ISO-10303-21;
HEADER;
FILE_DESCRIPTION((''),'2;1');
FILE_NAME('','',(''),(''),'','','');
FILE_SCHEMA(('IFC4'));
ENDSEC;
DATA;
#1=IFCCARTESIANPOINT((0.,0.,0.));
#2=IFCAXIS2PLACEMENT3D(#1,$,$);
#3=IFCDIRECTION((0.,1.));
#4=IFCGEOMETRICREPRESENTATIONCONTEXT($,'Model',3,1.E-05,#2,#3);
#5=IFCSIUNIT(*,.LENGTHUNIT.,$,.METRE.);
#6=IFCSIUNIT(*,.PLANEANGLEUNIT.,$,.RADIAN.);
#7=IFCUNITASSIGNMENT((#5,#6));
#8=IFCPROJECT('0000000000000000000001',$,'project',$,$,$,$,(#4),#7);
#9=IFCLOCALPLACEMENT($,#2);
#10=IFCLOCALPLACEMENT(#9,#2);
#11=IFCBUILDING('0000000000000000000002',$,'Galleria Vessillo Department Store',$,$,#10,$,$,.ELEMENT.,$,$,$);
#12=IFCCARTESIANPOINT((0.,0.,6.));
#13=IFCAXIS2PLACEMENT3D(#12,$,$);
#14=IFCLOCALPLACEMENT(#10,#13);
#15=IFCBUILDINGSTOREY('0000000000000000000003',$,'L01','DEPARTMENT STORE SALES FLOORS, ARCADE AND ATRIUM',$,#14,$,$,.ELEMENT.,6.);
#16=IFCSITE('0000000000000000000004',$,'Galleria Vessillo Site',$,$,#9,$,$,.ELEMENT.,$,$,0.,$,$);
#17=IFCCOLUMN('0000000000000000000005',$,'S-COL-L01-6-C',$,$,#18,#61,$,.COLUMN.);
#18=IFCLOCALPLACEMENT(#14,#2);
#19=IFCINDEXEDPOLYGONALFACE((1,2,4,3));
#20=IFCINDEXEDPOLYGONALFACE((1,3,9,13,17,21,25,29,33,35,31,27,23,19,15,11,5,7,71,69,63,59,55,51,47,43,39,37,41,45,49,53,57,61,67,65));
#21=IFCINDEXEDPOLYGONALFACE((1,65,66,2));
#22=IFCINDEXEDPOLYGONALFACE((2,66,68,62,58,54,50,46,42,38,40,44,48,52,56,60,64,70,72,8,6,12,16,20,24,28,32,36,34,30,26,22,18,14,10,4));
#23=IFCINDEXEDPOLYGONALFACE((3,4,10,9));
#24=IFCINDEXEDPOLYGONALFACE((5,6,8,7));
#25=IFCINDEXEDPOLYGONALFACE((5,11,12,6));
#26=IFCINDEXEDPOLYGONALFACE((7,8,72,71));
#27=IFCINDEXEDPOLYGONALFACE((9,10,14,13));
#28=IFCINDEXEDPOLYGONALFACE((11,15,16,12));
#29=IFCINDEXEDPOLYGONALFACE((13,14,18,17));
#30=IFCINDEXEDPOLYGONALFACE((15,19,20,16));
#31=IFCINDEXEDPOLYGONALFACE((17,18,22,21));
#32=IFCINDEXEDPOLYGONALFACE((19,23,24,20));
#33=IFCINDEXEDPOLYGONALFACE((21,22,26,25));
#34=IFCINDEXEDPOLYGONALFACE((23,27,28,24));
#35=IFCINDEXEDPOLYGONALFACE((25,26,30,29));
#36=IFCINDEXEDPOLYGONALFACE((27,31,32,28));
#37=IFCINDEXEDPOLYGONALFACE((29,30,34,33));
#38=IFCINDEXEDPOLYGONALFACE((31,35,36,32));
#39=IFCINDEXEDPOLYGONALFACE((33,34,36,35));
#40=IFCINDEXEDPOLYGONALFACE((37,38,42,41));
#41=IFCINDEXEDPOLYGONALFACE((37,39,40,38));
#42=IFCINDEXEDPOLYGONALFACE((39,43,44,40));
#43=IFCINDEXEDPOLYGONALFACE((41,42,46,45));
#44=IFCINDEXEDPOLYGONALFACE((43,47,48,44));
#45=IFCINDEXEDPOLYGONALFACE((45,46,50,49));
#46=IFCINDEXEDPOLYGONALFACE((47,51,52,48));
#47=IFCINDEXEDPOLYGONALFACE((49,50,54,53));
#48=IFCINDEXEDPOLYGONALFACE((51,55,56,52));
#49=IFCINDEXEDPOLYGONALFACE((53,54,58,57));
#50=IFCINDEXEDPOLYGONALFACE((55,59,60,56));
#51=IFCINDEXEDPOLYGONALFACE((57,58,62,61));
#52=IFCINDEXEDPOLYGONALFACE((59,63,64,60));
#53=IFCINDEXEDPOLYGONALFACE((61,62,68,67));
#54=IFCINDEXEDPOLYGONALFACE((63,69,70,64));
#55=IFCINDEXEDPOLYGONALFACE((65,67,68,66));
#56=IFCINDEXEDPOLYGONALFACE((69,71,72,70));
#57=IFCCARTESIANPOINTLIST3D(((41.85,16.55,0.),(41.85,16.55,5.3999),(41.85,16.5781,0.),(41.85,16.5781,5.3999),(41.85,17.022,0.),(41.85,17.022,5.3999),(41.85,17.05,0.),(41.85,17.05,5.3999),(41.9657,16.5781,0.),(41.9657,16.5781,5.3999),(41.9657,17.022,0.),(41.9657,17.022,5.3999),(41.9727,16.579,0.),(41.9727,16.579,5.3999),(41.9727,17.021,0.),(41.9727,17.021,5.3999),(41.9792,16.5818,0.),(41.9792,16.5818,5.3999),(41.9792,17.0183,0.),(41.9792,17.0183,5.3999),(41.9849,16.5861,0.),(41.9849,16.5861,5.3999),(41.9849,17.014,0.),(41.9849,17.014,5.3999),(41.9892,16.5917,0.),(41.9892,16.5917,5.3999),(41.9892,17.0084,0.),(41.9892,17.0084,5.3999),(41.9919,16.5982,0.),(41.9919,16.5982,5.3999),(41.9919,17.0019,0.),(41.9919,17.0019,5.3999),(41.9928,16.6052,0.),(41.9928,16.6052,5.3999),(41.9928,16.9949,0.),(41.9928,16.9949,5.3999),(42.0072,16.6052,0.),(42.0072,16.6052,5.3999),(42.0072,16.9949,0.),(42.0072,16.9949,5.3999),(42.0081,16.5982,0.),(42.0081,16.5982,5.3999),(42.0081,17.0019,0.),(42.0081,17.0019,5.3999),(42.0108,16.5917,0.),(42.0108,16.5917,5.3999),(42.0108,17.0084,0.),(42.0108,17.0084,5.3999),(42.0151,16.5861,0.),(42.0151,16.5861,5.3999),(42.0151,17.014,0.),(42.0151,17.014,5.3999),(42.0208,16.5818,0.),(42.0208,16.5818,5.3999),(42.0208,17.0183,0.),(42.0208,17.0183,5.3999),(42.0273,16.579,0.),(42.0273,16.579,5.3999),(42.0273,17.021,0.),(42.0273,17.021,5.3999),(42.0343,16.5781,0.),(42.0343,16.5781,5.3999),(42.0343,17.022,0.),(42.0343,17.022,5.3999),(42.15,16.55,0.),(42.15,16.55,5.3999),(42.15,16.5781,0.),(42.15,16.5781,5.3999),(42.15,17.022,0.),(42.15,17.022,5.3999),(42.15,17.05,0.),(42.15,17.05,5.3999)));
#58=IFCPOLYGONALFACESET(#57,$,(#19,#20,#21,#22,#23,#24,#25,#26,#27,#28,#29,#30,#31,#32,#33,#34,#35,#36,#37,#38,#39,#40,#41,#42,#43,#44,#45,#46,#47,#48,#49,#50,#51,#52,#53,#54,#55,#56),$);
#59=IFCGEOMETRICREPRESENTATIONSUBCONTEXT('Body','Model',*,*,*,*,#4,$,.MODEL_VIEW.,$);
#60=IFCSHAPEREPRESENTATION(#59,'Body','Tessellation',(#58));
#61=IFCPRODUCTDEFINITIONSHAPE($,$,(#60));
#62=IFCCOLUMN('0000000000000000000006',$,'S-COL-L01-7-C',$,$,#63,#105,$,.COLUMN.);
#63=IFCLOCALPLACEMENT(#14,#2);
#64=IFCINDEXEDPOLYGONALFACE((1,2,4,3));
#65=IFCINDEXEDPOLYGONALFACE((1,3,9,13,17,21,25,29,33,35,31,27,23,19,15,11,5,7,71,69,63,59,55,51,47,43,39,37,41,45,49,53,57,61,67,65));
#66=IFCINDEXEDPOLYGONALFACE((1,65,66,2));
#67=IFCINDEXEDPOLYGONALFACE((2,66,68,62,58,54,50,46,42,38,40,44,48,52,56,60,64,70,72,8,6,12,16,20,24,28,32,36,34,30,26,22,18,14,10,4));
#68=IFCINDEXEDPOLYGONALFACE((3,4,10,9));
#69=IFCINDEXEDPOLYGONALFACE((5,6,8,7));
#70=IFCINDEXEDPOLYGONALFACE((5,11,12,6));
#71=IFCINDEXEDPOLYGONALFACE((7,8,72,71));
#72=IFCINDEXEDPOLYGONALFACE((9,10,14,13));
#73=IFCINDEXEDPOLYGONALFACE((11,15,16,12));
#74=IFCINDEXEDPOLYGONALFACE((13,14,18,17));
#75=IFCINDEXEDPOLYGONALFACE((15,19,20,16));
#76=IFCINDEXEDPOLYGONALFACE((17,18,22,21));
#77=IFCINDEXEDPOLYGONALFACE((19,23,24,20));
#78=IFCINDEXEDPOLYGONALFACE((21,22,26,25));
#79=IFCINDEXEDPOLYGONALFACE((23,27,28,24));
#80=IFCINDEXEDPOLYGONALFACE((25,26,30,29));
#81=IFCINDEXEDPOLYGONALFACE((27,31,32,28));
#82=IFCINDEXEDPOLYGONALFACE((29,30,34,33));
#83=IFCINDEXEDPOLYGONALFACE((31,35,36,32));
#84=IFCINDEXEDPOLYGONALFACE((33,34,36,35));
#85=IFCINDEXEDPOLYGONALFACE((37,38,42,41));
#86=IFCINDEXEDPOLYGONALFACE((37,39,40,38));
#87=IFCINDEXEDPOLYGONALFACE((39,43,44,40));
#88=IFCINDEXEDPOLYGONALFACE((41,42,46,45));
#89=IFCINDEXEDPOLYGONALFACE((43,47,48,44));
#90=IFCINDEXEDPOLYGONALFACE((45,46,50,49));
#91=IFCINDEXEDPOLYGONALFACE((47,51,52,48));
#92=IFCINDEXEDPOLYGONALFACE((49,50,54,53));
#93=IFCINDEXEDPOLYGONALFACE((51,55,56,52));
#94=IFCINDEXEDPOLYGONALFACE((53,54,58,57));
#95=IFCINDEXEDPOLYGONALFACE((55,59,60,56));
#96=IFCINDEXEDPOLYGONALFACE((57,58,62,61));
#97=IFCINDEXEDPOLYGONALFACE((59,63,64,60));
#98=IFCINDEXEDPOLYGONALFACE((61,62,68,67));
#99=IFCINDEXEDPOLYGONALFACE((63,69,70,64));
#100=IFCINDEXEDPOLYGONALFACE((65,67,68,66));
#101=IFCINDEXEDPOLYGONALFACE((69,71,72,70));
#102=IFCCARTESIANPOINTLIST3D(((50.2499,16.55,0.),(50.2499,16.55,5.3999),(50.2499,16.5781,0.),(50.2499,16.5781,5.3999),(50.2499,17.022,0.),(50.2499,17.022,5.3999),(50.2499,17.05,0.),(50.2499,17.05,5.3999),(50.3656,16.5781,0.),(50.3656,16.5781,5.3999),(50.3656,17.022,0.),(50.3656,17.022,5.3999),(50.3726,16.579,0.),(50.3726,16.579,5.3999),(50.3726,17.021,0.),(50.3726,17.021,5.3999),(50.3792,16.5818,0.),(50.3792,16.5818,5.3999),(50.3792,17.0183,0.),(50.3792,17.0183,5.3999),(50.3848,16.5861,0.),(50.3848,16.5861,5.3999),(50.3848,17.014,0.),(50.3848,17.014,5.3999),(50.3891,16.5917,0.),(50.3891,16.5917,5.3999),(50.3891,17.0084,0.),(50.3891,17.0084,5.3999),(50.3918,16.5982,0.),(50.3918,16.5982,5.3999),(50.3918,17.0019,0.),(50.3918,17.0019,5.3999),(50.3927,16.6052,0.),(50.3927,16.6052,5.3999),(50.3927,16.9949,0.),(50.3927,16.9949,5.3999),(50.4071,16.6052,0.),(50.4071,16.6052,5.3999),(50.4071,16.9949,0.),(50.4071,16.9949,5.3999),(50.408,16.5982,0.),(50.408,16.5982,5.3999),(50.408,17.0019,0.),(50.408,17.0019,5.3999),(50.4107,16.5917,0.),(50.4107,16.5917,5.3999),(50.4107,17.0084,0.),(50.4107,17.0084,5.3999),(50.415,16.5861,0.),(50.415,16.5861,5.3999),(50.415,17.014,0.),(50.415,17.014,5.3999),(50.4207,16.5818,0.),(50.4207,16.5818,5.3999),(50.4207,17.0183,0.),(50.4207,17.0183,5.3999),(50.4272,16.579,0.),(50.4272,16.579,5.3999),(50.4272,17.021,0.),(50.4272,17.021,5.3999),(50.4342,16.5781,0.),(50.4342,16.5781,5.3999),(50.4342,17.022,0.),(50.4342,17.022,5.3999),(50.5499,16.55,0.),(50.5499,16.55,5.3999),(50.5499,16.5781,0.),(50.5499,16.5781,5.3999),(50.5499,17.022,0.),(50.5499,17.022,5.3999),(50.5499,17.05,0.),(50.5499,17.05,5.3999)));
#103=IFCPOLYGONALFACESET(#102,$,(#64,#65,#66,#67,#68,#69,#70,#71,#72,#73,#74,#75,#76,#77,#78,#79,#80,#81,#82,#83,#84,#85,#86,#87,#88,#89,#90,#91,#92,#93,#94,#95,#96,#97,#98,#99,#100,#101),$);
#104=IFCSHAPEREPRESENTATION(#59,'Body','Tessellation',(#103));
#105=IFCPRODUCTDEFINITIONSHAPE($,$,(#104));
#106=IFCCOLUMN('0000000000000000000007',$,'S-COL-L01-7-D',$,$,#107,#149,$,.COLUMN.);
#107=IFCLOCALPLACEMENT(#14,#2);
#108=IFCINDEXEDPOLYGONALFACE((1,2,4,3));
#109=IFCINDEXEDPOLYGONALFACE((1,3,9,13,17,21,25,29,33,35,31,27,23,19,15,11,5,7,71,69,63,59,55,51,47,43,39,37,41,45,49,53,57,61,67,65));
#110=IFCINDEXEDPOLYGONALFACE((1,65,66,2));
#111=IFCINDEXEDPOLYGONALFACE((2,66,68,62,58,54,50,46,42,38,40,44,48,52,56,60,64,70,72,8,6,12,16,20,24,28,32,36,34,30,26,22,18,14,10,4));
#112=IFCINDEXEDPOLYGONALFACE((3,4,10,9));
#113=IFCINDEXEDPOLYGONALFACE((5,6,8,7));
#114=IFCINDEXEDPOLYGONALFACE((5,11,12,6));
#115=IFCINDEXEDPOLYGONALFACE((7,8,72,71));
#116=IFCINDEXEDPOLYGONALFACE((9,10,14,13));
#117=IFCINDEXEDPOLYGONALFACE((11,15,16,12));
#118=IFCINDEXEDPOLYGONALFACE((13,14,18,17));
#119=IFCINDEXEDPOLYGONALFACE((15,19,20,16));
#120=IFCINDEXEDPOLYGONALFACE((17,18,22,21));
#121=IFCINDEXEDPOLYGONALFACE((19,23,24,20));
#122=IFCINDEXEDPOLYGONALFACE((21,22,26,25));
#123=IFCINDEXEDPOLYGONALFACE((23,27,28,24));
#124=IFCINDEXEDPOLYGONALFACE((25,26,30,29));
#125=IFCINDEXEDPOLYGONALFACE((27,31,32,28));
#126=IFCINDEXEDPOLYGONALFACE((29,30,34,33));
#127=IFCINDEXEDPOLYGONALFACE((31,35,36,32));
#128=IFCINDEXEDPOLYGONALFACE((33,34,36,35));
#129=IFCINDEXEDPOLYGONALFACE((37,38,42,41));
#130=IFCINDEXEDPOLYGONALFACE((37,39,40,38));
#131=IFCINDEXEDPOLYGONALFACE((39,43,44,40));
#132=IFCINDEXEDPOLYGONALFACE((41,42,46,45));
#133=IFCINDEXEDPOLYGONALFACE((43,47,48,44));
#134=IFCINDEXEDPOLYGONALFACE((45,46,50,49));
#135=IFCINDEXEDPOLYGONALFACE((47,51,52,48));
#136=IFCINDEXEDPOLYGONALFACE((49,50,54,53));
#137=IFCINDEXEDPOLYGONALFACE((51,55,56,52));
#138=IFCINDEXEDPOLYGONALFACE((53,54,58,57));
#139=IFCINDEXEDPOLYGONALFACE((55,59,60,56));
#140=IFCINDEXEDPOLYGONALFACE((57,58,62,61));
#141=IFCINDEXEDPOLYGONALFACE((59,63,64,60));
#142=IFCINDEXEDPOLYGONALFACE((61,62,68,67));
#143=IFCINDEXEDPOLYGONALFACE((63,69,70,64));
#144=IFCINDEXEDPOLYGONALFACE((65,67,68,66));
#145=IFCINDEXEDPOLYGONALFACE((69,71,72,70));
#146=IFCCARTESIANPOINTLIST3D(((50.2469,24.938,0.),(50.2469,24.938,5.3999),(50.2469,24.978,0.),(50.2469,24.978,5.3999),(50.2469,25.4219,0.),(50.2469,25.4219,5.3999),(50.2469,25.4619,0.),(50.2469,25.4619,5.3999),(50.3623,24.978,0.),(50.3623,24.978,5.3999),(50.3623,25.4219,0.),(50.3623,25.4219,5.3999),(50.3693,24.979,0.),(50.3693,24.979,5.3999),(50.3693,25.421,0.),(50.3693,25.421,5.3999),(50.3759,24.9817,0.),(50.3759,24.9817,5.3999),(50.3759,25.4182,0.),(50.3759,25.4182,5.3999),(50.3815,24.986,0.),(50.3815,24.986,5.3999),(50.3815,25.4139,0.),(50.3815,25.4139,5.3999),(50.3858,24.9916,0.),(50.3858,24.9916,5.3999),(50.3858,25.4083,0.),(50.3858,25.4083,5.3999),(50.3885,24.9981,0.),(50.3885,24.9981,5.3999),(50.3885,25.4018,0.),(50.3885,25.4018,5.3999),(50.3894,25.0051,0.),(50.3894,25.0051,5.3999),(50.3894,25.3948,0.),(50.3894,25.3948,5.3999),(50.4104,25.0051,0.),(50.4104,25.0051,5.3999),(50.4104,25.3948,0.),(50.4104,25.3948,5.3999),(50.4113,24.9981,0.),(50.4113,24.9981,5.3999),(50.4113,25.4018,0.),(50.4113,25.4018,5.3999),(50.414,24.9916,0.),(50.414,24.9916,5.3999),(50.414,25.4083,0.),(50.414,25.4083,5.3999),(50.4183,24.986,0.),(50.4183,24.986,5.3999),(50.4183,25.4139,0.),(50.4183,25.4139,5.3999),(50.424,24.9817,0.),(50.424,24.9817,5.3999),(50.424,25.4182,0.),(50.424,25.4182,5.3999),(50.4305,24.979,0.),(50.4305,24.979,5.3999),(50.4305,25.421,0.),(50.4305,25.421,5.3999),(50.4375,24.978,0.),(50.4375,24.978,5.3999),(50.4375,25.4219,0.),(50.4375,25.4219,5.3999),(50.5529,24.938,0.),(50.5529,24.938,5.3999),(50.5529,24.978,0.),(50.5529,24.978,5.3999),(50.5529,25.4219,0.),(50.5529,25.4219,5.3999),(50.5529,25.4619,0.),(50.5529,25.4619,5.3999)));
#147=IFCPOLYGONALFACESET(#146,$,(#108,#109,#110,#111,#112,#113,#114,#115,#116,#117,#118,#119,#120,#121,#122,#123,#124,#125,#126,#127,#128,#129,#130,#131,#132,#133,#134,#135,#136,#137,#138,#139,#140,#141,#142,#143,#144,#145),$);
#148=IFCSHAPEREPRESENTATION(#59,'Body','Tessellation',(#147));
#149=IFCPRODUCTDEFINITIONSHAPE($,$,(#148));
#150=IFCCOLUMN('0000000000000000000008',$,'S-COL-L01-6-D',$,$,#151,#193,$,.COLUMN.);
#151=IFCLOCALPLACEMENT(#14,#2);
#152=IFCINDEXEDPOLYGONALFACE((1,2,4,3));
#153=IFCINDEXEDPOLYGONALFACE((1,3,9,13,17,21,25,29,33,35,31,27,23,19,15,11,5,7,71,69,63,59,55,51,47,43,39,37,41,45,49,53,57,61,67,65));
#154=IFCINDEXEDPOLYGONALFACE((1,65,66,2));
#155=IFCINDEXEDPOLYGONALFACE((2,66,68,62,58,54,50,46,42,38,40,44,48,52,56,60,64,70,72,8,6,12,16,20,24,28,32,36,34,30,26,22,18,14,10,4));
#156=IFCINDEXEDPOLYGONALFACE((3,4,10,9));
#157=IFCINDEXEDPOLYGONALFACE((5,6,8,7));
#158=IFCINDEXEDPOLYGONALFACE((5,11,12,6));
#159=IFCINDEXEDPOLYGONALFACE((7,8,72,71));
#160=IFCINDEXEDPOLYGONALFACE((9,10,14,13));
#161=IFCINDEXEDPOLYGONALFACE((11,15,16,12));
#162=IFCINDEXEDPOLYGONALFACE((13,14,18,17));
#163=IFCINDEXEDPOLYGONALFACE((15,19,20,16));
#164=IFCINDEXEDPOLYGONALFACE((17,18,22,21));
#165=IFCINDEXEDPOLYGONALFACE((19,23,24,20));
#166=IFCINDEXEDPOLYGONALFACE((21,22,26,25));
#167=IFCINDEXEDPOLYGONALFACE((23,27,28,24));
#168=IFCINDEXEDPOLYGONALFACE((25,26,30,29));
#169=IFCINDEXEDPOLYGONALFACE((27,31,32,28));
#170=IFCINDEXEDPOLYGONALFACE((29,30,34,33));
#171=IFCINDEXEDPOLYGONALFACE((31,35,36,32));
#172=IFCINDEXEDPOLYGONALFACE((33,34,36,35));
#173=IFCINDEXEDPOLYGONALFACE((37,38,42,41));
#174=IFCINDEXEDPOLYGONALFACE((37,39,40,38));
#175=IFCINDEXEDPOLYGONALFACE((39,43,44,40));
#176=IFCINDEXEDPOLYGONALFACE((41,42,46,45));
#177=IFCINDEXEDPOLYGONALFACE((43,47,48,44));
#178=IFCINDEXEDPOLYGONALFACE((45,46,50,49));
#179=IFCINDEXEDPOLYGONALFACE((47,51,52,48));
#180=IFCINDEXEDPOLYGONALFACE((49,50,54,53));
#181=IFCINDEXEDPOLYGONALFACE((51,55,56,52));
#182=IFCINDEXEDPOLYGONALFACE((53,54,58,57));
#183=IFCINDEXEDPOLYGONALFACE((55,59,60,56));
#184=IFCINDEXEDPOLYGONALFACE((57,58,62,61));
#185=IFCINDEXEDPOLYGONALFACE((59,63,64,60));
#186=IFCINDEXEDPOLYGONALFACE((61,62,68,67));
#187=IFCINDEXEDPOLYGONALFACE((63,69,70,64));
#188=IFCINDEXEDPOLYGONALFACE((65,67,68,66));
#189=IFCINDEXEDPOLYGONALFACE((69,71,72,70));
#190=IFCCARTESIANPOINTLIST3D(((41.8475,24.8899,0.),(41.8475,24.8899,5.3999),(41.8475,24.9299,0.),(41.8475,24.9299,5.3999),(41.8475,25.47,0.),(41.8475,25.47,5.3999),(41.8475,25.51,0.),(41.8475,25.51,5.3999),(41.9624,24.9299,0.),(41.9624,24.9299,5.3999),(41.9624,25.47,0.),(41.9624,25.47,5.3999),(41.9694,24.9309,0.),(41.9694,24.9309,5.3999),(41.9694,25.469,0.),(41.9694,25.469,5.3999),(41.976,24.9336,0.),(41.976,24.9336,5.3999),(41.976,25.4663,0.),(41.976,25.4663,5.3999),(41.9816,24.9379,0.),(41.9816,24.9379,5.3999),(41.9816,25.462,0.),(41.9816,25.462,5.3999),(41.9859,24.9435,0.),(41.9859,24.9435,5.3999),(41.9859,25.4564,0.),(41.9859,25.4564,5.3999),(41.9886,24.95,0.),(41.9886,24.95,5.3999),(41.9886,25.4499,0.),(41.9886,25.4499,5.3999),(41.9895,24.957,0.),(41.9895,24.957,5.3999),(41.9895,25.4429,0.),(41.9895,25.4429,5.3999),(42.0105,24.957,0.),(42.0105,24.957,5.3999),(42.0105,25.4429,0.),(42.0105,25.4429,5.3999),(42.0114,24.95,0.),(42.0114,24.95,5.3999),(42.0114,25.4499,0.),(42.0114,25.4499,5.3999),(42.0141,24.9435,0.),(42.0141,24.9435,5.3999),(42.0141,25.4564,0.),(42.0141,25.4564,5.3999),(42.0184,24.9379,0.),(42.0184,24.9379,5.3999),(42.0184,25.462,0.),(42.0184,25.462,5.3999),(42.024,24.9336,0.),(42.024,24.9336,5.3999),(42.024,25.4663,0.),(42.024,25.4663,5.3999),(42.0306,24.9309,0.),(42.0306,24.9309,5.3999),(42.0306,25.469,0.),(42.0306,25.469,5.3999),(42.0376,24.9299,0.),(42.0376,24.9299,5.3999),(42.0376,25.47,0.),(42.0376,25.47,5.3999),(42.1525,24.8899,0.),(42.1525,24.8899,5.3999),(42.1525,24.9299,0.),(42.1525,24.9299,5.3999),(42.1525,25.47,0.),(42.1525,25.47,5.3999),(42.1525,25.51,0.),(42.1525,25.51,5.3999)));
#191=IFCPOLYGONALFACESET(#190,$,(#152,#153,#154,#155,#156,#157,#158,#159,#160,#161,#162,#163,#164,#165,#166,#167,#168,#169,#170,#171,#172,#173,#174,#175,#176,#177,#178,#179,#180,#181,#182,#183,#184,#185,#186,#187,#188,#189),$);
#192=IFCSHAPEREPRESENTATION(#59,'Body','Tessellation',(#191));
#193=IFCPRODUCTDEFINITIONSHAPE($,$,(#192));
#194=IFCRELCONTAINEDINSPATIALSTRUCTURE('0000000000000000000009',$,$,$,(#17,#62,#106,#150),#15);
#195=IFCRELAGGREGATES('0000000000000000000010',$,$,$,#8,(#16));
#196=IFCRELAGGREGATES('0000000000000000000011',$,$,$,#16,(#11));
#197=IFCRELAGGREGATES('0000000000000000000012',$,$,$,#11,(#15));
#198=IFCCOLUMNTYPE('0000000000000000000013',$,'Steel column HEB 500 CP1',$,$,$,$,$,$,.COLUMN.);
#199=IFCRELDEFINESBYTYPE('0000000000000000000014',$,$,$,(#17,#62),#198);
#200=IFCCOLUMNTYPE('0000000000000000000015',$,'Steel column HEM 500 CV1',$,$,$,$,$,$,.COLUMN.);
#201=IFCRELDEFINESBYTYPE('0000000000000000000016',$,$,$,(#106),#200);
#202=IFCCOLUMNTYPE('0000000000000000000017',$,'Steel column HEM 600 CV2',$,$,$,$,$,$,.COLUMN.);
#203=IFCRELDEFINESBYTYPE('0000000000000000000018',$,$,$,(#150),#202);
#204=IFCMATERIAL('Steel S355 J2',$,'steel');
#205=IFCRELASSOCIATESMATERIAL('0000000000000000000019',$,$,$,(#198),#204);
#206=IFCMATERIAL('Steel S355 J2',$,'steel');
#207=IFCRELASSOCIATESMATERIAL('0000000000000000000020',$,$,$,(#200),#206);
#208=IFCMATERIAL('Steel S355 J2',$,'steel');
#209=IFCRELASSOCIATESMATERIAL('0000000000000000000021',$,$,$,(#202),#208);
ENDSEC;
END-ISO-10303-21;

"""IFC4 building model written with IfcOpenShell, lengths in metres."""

from ifc_helpers import new_model, si_unit, direction, frame, origin, origin_2d, place, context, subcontext, project, spatial, i_section, extrude, material, material_profile, profile_set, type_object, element, save


model = new_model("IFC4")

# Units and contexts
model_context = context("Model", 3, precision=1e-05, world=origin(), true_north=direction((0.0, 1.0)))
body_context = subcontext(model_context, "Body", "Model", "MODEL_VIEW")
ifc_project = project(units=[si_unit("LENGTHUNIT", "METRE"), si_unit("PLANEANGLEUNIT", "RADIAN")], contexts=[model_context])

# Site, building, storey
site_placement = place(None, origin())
site = spatial("IfcSite", under=ifc_project, at=site_placement, Name="Galleria Vessillo Site", CompositionType="ELEMENT", RefElevation=0.0)
building_placement = place(site_placement, origin())
building = spatial("IfcBuilding", under=site, at=building_placement, Name="Galleria Vessillo Department Store", CompositionType="ELEMENT")
storey_placement = place(building_placement, frame((0.0, 0.0, 6.0)))
storey = spatial("IfcBuildingStorey", under=building, at=storey_placement, Name="L01", Description="DEPARTMENT STORE SALES FLOORS, ARCADE AND ATRIUM", CompositionType="ELEMENT", Elevation=6.0)

# Columns
ifc_material_1 = material(Name="Steel S355 J2", Category="steel")
ifc_material_profile_1 = material_profile(ifc_material_1, i_section(OverallWidth=0.3, OverallDepth=0.5, WebThickness=0.0144, FlangeThickness=0.0281, FilletRadius=0.0271, at=origin_2d()), Name="HEB 500")
ifc_profile_set_1 = profile_set([ifc_material_profile_1], Name="Steel S355 J2")
column_type_1 = type_object("IfcColumnType", Name="Steel column HEB 500 CP1", PredefinedType="COLUMN", material=ifc_profile_set_1)
for number, where, z_axis, x_axis, name in (
    (1, (42.0, 16.8, 0.0), (0.0, 0.0, 1.0), (1.0, 0.0, 0.0), "S-COL-L01-6-C"),
    (2, (50.3999, 16.8, 0.0), (0.0, 0.0, 1.0), (1.0, 0.0, 0.0), "S-COL-L01-7-C"),
):
    element("IfcColumn", number, at=place(storey_placement, frame(where, z_axis=z_axis, x_axis=x_axis)), inside=storey, type_object=column_type_1, Name=name, PredefinedType="COLUMN", context=body_context, shape_type="SweptSolid", body=[
        extrude(i_section(OverallWidth=0.3, OverallDepth=0.5, WebThickness=0.0144, FlangeThickness=0.0281, FilletRadius=0.0271, at=origin_2d()), origin(), (0.0, 0.0, 1.0), 5.3999),
    ])
ifc_material_2 = material(Name="Steel S355 J2", Category="steel")
ifc_material_profile_2 = material_profile(ifc_material_2, i_section(OverallWidth=0.3059, OverallDepth=0.5239, WebThickness=0.021, FlangeThickness=0.04, FilletRadius=0.0271, at=origin_2d()), Name="HEM 500")
ifc_profile_set_2 = profile_set([ifc_material_profile_2], Name="Steel S355 J2")
column_type_2 = type_object("IfcColumnType", Name="Steel column HEM 500 CV1", PredefinedType="COLUMN", material=ifc_profile_set_2)
column_1_placement = place(storey_placement, frame((50.3999, 25.2, 0.0), z_axis=(0.0, 0.0, 1.0), x_axis=(1.0, 0.0, 0.0)))
element("IfcColumn", 3, at=column_1_placement, inside=storey, type_object=column_type_2, Name="S-COL-L01-7-D", PredefinedType="COLUMN", context=body_context, shape_type="SweptSolid", body=[
    extrude(i_section(OverallWidth=0.3059, OverallDepth=0.5239, WebThickness=0.021, FlangeThickness=0.04, FilletRadius=0.0271, at=origin_2d()), origin(), (0.0, 0.0, 1.0), 5.3999),
])
ifc_material_3 = material(Name="Steel S355 J2", Category="steel")
ifc_material_profile_3 = material_profile(ifc_material_3, i_section(OverallWidth=0.3049, OverallDepth=0.6201, WebThickness=0.021, FlangeThickness=0.04, FilletRadius=0.0271, at=origin_2d()), Name="HEM 600")
ifc_profile_set_3 = profile_set([ifc_material_profile_3], Name="Steel S355 J2")
column_type_3 = type_object("IfcColumnType", Name="Steel column HEM 600 CV2", PredefinedType="COLUMN", material=ifc_profile_set_3)
column_2_placement = place(storey_placement, frame((42.0, 25.2, 0.0), z_axis=(0.0, 0.0, 1.0), x_axis=(1.0, 0.0, 0.0)))
element("IfcColumn", 4, at=column_2_placement, inside=storey, type_object=column_type_3, Name="S-COL-L01-6-D", PredefinedType="COLUMN", context=body_context, shape_type="SweptSolid", body=[
    extrude(i_section(OverallWidth=0.3049, OverallDepth=0.6201, WebThickness=0.021, FlangeThickness=0.04, FilletRadius=0.0271, at=origin_2d()), origin(), (0.0, 0.0, 1.0), 5.3999),
])

save(model, "model.ifc")
